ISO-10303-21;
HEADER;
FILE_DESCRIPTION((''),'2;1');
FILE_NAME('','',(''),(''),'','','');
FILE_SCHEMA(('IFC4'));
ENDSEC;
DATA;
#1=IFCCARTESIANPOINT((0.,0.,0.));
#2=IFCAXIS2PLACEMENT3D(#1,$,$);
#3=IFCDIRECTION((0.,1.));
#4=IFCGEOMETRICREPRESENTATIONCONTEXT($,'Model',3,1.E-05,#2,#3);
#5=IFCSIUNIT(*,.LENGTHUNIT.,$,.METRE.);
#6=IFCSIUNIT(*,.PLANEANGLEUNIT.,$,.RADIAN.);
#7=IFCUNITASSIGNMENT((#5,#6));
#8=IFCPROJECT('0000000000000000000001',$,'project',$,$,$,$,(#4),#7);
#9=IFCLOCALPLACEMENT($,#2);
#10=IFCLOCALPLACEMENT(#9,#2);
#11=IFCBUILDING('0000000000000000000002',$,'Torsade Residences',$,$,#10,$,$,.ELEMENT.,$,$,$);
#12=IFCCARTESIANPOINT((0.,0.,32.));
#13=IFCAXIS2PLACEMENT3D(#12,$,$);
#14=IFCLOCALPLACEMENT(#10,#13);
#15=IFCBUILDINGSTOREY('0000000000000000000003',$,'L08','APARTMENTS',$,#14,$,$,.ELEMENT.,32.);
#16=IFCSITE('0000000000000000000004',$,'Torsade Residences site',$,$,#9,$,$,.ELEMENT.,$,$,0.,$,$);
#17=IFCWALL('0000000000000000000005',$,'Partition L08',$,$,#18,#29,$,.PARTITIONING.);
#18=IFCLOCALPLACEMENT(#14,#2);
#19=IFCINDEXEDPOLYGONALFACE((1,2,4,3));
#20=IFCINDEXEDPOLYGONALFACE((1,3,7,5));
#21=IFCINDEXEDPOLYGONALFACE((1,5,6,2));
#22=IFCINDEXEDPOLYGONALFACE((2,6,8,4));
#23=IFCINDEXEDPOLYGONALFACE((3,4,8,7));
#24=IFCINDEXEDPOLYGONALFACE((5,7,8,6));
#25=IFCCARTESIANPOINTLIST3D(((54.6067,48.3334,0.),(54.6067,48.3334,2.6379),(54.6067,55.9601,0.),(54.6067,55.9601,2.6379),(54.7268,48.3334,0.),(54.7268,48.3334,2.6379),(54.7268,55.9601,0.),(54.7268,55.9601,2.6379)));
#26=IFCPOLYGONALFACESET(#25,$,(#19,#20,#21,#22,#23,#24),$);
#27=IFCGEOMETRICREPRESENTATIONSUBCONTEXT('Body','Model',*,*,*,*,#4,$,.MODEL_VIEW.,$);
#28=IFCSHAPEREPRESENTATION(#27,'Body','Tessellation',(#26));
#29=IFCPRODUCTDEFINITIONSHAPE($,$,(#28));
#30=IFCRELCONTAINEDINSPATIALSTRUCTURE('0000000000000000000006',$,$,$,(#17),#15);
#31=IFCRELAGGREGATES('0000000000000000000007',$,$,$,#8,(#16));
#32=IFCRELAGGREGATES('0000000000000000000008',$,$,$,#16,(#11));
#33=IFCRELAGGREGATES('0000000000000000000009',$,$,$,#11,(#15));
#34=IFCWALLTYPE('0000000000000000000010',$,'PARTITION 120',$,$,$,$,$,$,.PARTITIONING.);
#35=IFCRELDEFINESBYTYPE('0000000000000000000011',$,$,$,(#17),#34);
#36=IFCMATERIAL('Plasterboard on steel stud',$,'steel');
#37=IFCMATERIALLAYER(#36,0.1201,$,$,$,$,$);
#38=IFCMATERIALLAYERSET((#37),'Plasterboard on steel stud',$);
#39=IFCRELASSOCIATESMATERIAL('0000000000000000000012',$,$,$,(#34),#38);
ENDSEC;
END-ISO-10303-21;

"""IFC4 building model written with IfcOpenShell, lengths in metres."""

from ifc_helpers import new_model, si_unit, direction, frame, frame_2d, origin, place, context, subcontext, project, spatial, rectangle, extrude, material, layer, layer_set, type_object, element, save


model = new_model("IFC4")

# Units and contexts
model_context = context("Model", 3, precision=1e-05, world=origin(), true_north=direction((0.0, 1.0)))
body_context = subcontext(model_context, "Body", "Model", "MODEL_VIEW")
ifc_project = project(units=[si_unit("LENGTHUNIT", "METRE"), si_unit("PLANEANGLEUNIT", "RADIAN")], contexts=[model_context])

# Site, building, storey
site_placement = place(None, origin())
site = spatial("IfcSite", under=ifc_project, at=site_placement, Name="Torsade Residences site", CompositionType="ELEMENT", RefElevation=0.0)
building_placement = place(site_placement, origin())
building = spatial("IfcBuilding", under=site, at=building_placement, Name="Torsade Residences", CompositionType="ELEMENT")
storey_placement = place(building_placement, frame((0.0, 0.0, 32.0)))
storey = spatial("IfcBuildingStorey", under=building, at=storey_placement, Name="L08", Description="APARTMENTS", CompositionType="ELEMENT", Elevation=32.0)

# Shared definitions
ifc_material_1 = material(Name="Plasterboard on steel stud", Category="steel")
ifc_layer_1 = layer(ifc_material_1, 0.1201)
ifc_layer_set_1 = layer_set([ifc_layer_1], Name="Plasterboard on steel stud")
wall_type = type_object("IfcWallType", Name="PARTITION 120", PredefinedType="PARTITIONING", material=ifc_layer_set_1)

# Wall
wall_1_placement = place(storey_placement, frame((54.6667, 48.3333, 0.0), z_axis=(0.0, 0.0, 1.0), x_axis=(0.0, 1.0, 0.0)))
element("IfcWall", 1, at=wall_1_placement, inside=storey, type_object=wall_type, Name="Partition L08", PredefinedType="PARTITIONING", context=body_context, shape_type="SweptSolid", body=[
    extrude(rectangle(XDim=7.6267, YDim=0.1201, at=frame_2d((3.8135, 0.0))), origin(), (0.0, 0.0, 1.0), 2.6379),
])

save(model, "model.ifc")
